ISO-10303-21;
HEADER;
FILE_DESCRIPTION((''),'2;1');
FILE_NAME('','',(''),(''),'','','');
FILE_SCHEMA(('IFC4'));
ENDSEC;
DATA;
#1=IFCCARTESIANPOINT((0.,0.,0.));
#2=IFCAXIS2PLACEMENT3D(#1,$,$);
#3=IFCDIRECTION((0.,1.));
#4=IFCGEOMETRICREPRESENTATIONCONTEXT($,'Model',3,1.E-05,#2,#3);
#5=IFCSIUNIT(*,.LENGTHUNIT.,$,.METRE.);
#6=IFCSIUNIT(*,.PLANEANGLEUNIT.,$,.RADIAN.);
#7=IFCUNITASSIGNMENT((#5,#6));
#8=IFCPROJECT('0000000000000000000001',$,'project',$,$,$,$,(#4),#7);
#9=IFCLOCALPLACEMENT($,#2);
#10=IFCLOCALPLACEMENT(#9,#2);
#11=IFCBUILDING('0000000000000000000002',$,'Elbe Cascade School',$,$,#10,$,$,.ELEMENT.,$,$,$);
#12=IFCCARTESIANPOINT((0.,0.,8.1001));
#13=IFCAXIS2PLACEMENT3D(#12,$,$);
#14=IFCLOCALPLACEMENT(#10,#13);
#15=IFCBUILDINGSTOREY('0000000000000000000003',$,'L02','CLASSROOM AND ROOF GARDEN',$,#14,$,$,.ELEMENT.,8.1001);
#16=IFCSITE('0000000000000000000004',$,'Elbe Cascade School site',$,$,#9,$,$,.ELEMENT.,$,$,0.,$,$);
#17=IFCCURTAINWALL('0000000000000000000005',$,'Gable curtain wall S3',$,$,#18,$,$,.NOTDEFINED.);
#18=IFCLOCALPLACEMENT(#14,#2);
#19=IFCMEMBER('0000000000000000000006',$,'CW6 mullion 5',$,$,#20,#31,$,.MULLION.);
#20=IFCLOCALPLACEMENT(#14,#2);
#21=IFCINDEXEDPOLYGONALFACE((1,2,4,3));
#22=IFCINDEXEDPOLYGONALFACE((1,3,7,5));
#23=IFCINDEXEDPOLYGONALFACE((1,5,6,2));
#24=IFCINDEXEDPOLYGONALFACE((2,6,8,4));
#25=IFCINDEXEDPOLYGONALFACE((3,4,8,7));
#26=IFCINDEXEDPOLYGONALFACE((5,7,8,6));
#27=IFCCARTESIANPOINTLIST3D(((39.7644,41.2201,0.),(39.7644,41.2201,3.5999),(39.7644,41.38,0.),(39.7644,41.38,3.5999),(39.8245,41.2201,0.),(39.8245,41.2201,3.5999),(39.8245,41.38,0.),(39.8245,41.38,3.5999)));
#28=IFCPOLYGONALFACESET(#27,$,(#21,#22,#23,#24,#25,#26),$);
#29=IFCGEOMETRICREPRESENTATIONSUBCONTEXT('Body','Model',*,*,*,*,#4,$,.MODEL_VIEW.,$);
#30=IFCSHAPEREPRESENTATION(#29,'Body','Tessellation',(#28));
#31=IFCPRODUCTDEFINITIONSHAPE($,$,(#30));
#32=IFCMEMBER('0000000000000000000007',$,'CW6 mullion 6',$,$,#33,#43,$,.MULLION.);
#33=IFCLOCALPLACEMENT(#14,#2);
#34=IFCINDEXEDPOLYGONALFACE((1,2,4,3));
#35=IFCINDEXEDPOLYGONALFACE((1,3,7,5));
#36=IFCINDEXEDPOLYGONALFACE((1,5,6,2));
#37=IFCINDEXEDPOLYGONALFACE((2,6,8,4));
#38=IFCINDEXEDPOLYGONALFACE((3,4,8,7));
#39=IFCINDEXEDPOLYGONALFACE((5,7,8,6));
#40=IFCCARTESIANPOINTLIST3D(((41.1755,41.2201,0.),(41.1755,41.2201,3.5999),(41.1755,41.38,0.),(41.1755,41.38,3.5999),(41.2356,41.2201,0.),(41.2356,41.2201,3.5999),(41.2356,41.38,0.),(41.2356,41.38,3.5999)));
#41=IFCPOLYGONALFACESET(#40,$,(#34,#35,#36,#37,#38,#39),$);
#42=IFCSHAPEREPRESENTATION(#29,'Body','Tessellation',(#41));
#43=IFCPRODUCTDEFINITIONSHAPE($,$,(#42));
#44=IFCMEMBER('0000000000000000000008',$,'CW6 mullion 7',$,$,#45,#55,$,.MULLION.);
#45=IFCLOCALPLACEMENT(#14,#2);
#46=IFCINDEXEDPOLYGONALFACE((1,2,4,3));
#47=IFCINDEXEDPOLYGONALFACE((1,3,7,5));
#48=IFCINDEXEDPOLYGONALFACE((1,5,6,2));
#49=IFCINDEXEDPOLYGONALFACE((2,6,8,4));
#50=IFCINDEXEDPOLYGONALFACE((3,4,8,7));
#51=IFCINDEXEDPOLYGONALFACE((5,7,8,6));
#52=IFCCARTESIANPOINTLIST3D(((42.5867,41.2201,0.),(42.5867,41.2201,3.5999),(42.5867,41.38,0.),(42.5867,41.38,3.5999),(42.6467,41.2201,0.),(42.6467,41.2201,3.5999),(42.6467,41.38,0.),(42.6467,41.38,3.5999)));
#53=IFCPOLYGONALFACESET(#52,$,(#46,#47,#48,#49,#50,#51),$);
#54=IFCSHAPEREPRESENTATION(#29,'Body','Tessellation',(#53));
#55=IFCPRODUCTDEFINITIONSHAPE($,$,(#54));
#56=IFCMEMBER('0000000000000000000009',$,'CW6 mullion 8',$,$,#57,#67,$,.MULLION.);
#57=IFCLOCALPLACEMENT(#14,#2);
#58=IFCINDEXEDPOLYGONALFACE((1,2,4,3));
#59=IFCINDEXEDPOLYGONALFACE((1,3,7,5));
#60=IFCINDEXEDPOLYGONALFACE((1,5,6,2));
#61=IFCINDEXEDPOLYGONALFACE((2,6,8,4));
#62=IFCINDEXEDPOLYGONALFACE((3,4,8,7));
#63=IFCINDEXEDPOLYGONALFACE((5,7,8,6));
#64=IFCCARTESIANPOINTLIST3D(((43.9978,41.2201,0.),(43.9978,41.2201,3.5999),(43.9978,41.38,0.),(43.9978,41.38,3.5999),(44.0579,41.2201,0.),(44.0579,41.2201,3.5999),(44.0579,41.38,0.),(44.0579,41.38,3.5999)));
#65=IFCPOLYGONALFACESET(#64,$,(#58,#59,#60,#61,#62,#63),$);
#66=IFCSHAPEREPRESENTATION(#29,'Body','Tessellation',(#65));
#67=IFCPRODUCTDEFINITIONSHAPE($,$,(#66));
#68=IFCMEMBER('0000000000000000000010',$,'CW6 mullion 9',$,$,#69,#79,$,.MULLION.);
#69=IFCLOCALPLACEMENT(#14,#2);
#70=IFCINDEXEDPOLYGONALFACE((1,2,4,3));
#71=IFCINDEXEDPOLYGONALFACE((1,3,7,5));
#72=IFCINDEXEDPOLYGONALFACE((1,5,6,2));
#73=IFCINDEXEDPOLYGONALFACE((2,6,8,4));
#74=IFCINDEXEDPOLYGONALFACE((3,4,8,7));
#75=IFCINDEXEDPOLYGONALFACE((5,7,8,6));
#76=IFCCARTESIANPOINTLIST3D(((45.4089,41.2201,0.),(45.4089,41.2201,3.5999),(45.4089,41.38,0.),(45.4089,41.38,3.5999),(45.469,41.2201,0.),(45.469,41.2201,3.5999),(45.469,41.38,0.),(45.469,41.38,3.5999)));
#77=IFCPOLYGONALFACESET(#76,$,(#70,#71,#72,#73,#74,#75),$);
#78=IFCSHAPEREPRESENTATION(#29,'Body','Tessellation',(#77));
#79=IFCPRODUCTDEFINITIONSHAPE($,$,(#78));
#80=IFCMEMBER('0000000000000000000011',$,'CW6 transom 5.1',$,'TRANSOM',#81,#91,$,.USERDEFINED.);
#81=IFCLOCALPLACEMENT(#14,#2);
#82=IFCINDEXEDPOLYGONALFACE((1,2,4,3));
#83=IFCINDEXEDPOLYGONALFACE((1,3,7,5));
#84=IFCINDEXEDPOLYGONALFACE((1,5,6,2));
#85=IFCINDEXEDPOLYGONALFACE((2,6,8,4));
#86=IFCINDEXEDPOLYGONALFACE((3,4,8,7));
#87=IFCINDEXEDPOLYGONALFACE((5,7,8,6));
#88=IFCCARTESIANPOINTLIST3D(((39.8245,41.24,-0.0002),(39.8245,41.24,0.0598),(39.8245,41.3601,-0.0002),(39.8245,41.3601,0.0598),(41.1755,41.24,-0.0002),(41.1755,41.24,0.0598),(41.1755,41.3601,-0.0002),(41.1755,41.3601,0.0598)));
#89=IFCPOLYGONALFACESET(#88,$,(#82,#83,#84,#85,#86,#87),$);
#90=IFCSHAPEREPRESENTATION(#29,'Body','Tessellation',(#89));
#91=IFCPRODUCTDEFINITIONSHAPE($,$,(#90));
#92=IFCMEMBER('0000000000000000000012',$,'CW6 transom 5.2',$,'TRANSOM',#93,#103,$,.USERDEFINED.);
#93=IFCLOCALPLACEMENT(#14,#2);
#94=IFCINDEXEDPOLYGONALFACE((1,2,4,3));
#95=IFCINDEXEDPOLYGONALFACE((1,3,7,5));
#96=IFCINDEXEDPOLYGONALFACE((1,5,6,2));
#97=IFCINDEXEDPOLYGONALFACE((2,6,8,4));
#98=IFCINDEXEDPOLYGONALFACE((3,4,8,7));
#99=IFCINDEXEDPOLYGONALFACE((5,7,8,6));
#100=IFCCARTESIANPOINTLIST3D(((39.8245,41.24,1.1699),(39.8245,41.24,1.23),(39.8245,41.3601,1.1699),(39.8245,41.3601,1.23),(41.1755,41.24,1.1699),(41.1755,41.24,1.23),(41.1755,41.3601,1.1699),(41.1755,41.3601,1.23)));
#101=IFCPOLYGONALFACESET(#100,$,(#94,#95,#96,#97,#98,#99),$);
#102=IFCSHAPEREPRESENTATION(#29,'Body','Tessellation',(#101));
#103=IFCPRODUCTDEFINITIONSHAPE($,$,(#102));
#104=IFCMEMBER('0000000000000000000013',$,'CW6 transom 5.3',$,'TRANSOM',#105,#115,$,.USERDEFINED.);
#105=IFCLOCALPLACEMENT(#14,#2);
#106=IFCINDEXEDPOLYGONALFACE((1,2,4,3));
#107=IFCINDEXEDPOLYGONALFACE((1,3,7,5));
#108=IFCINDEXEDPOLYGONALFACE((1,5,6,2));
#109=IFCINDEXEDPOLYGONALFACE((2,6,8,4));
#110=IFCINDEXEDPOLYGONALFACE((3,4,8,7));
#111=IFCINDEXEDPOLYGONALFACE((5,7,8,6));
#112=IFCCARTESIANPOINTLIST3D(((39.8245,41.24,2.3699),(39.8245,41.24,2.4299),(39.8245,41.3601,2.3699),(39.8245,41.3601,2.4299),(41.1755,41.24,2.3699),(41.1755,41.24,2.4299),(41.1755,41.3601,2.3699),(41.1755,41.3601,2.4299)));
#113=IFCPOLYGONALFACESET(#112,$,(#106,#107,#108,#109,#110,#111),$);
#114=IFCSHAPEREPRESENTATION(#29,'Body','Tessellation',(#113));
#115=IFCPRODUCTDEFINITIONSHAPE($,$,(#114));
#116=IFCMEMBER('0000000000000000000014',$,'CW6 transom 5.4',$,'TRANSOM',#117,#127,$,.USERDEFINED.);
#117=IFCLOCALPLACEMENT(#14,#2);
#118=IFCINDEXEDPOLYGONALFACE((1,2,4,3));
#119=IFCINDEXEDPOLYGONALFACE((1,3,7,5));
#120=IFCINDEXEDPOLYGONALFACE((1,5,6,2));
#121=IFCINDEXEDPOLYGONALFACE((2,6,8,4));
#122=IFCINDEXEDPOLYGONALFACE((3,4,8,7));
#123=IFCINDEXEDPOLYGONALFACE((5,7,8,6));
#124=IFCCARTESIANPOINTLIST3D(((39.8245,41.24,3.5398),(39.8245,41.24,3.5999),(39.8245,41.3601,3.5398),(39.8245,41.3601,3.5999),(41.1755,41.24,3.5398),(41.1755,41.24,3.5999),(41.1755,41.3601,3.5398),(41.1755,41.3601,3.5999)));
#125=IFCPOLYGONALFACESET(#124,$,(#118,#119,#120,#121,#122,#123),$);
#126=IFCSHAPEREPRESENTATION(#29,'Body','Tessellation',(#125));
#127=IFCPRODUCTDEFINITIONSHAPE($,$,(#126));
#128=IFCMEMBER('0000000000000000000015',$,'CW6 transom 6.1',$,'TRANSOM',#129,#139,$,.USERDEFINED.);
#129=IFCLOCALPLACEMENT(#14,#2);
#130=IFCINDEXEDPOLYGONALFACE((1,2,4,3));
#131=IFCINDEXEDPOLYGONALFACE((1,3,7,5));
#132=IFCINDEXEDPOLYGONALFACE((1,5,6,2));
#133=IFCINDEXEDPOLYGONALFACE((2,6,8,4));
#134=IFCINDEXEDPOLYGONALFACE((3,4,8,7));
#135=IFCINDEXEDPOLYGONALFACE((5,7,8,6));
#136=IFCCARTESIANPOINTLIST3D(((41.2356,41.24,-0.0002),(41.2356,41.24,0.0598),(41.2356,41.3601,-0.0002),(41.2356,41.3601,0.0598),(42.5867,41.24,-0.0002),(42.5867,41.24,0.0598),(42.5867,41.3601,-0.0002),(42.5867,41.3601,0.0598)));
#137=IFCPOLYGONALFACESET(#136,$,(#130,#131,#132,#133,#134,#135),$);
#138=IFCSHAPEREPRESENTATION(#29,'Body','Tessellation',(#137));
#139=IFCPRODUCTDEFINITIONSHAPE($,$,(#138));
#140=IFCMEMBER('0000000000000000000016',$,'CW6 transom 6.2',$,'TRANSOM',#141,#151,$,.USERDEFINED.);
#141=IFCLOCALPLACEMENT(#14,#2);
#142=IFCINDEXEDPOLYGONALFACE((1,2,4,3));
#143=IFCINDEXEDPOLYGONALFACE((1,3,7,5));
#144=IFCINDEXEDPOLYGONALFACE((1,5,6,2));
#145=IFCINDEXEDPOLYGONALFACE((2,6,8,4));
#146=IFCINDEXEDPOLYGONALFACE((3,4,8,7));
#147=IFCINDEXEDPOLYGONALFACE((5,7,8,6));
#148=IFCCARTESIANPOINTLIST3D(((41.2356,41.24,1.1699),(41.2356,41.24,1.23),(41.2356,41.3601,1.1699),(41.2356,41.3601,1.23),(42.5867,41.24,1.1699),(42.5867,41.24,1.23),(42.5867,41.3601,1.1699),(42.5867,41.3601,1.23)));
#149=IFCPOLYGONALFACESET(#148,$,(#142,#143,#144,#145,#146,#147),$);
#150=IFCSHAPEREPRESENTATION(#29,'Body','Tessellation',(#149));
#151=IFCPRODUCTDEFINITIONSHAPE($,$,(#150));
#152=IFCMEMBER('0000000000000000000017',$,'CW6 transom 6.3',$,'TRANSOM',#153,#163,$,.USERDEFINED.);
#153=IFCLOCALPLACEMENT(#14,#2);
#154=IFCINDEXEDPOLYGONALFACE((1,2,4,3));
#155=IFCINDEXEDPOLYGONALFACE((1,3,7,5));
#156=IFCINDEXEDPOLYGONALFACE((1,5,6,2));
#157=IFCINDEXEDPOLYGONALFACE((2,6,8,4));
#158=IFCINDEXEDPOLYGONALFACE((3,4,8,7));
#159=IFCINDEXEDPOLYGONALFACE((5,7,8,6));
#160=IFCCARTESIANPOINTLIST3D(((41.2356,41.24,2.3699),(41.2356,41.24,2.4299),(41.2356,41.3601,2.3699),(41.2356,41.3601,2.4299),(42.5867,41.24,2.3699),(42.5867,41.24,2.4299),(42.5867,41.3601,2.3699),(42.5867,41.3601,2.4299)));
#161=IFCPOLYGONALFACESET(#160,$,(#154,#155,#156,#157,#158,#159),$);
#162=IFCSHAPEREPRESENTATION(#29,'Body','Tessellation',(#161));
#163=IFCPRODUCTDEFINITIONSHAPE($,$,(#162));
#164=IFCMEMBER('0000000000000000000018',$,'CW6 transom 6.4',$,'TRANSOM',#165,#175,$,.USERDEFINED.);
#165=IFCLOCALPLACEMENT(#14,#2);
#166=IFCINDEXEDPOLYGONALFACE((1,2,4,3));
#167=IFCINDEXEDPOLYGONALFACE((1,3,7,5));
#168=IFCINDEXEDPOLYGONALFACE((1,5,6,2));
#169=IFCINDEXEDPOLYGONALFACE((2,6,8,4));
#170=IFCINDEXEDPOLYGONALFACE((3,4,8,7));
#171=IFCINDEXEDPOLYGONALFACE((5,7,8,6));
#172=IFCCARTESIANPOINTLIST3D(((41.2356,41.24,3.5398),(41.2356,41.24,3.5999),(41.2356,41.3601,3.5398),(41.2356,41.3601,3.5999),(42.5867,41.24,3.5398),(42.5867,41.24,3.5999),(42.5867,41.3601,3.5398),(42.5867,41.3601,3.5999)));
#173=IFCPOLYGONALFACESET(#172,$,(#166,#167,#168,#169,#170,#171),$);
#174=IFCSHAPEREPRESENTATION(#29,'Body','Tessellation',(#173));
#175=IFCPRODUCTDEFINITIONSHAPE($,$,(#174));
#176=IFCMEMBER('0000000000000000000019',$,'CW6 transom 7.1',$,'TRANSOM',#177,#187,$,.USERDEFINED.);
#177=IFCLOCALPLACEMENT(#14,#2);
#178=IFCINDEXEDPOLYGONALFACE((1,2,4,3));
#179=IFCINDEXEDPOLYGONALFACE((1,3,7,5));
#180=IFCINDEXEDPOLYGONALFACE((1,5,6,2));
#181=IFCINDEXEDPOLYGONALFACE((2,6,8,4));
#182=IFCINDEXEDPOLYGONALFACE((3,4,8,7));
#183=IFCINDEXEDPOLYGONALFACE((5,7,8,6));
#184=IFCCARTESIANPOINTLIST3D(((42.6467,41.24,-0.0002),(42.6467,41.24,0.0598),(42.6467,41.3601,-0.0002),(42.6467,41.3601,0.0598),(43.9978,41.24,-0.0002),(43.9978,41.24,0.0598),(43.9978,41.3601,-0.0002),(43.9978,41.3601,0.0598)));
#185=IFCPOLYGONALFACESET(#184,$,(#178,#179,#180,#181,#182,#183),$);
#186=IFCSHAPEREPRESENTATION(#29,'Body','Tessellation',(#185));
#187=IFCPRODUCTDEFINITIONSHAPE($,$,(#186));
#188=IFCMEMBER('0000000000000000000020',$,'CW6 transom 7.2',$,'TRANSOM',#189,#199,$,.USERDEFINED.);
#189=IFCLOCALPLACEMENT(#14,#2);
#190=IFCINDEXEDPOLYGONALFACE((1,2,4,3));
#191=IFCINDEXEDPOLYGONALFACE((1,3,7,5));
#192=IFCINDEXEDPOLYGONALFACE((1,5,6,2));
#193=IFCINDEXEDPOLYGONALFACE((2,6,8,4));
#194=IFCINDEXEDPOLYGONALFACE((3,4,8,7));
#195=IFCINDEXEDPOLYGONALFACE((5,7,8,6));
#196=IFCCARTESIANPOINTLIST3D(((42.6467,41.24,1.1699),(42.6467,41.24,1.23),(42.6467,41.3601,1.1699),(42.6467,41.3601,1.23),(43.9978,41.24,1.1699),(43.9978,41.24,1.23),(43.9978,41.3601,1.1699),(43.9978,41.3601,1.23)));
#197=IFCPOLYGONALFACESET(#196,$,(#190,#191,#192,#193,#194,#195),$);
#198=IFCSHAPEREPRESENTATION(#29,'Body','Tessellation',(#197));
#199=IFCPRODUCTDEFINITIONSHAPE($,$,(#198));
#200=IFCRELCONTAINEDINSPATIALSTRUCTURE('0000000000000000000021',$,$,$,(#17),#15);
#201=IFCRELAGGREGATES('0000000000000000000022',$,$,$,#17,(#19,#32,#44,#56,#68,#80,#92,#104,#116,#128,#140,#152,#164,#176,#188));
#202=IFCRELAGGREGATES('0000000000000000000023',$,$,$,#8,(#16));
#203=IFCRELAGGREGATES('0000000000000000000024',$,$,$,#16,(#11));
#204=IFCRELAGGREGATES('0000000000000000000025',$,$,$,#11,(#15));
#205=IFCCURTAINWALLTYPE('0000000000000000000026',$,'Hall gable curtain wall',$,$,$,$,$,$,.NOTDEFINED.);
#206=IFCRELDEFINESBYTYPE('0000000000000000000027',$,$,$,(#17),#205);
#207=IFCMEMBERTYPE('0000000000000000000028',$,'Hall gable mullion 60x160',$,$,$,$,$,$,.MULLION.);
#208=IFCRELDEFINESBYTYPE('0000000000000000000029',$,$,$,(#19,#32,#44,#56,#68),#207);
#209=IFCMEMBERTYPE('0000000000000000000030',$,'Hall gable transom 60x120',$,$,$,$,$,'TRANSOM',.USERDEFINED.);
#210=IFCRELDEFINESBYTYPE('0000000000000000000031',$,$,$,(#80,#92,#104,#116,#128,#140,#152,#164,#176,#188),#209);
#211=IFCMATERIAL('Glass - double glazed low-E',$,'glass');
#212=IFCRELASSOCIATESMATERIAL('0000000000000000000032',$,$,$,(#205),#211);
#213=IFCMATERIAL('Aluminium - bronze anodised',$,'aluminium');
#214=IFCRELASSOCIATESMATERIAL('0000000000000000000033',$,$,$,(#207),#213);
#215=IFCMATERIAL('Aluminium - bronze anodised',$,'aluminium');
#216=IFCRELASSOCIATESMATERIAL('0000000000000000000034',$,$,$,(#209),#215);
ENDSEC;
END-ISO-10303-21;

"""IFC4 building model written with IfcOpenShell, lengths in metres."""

from ifc_helpers import new_model, si_unit, direction, frame, origin, origin_2d, place, context, subcontext, project, spatial, rectangle, extrude, material, material_profile, profile_set, type_object, element, aggregate, save


model = new_model("IFC4")

# Units and contexts
model_context = context("Model", 3, precision=1e-05, world=origin(), true_north=direction((0.0, 1.0)))
body_context = subcontext(model_context, "Body", "Model", "MODEL_VIEW")
ifc_project = project(units=[si_unit("LENGTHUNIT", "METRE"), si_unit("PLANEANGLEUNIT", "RADIAN")], contexts=[model_context])

# Site, building, storey
site_placement = place(None, origin())
site = spatial("IfcSite", under=ifc_project, at=site_placement, Name="Elbe Cascade School site", CompositionType="ELEMENT", RefElevation=0.0)
building_placement = place(site_placement, origin())
building = spatial("IfcBuilding", under=site, at=building_placement, Name="Elbe Cascade School", CompositionType="ELEMENT")
storey_placement = place(building_placement, frame((0.0, 0.0, 8.1001)))
storey = spatial("IfcBuildingStorey", under=building, at=storey_placement, Name="L02", Description="CLASSROOM AND ROOF GARDEN", CompositionType="ELEMENT", Elevation=8.1001)

# Curtain wall, members
ifc_material_1 = material(Name="Glass - double glazed low-E", Category="glass")
curtain_wall_type = type_object("IfcCurtainWallType", Name="Hall gable curtain wall", PredefinedType="NOTDEFINED", material=ifc_material_1)
curtain_wall_placement = place(storey_placement, origin())
curtain_wall = element("IfcCurtainWall", 1, at=curtain_wall_placement, inside=storey, type_object=curtain_wall_type, Name="Gable curtain wall S3", PredefinedType="NOTDEFINED")
ifc_material_2 = material(Name="Aluminium - bronze anodised", Category="aluminium")
ifc_material_profile_1 = material_profile(ifc_material_2, rectangle(XDim=0.1599, YDim=0.0601, at=origin_2d()), Name="Alu 60x160")
ifc_profile_set_1 = profile_set([ifc_material_profile_1], Name="Aluminium - bronze anodised")
member_type_1 = type_object("IfcMemberType", Name="Hall gable mullion 60x160", PredefinedType="MULLION", material=ifc_profile_set_1)
member_1_placement = place(storey_placement, frame((39.7944, 41.3, 0.0), z_axis=(0.0, 0.0, 1.0), x_axis=(0.0, 1.0, 0.0)))
member_1 = element("IfcMember", 2, at=member_1_placement, type_object=member_type_1, Name="CW6 mullion 5", PredefinedType="MULLION", context=body_context, shape_type="SweptSolid", body=[
    extrude(rectangle(XDim=0.1599, YDim=0.0601, at=origin_2d()), origin(), (0.0, 0.0, 1.0), 3.5999),
])
member_2_placement = place(storey_placement, frame((41.2056, 41.3, 0.0), z_axis=(0.0, 0.0, 1.0), x_axis=(0.0, 1.0, 0.0)))
member_2 = element("IfcMember", 3, at=member_2_placement, type_object=member_type_1, Name="CW6 mullion 6", PredefinedType="MULLION", context=body_context, shape_type="SweptSolid", body=[
    extrude(rectangle(XDim=0.1599, YDim=0.0601, at=origin_2d()), origin(), (0.0, 0.0, 1.0), 3.5999),
])
member_3_placement = place(storey_placement, frame((42.6167, 41.3, 0.0), z_axis=(0.0, 0.0, 1.0), x_axis=(0.0, 1.0, 0.0)))
member_3 = element("IfcMember", 4, at=member_3_placement, type_object=member_type_1, Name="CW6 mullion 7", PredefinedType="MULLION", context=body_context, shape_type="SweptSolid", body=[
    extrude(rectangle(XDim=0.1599, YDim=0.0601, at=origin_2d()), origin(), (0.0, 0.0, 1.0), 3.5999),
])
member_4_placement = place(storey_placement, frame((44.0278, 41.3, 0.0), z_axis=(0.0, 0.0, 1.0), x_axis=(0.0, 1.0, 0.0)))
member_4 = element("IfcMember", 5, at=member_4_placement, type_object=member_type_1, Name="CW6 mullion 8", PredefinedType="MULLION", context=body_context, shape_type="SweptSolid", body=[
    extrude(rectangle(XDim=0.1599, YDim=0.0601, at=origin_2d()), origin(), (0.0, 0.0, 1.0), 3.5999),
])
member_5_placement = place(storey_placement, frame((45.439, 41.3, 0.0), z_axis=(0.0, 0.0, 1.0), x_axis=(0.0, 1.0, 0.0)))
member_5 = element("IfcMember", 6, at=member_5_placement, type_object=member_type_1, Name="CW6 mullion 9", PredefinedType="MULLION", context=body_context, shape_type="SweptSolid", body=[
    extrude(rectangle(XDim=0.1599, YDim=0.0601, at=origin_2d()), origin(), (0.0, 0.0, 1.0), 3.5999),
])
ifc_material_3 = material(Name="Aluminium - bronze anodised", Category="aluminium")
ifc_material_profile_2 = material_profile(ifc_material_3, rectangle(XDim=0.1201, YDim=0.0601, at=origin_2d()), Name="Alu 60x120")
ifc_profile_set_2 = profile_set([ifc_material_profile_2], Name="Aluminium - bronze anodised")
member_type_2 = type_object("IfcMemberType", Name="Hall gable transom 60x120", ElementType="TRANSOM", PredefinedType="USERDEFINED", material=ifc_profile_set_2)
member_6_placement = place(storey_placement, frame((39.8245, 41.3, 0.0298), z_axis=(1.0, 0.0, 0.0), x_axis=(0.0, 1.0, 0.0)))
member_6 = element("IfcMember", 7, at=member_6_placement, type_object=member_type_2, Name="CW6 transom 5.1", ObjectType="TRANSOM", PredefinedType="USERDEFINED", context=body_context, shape_type="SweptSolid", body=[
    extrude(rectangle(XDim=0.1201, YDim=0.0601, at=origin_2d()), origin(), (0.0, 0.0, 1.0), 1.3511),
])
member_7_placement = place(storey_placement, frame((39.8245, 41.3, 1.2), z_axis=(1.0, 0.0, 0.0), x_axis=(0.0, 1.0, 0.0)))
member_7 = element("IfcMember", 8, at=member_7_placement, type_object=member_type_2, Name="CW6 transom 5.2", ObjectType="TRANSOM", PredefinedType="USERDEFINED", context=body_context, shape_type="SweptSolid", body=[
    extrude(rectangle(XDim=0.1201, YDim=0.0601, at=origin_2d()), origin(), (0.0, 0.0, 1.0), 1.3511),
])
member_8_placement = place(storey_placement, frame((39.8245, 41.3, 2.3999), z_axis=(1.0, 0.0, 0.0), x_axis=(0.0, 1.0, 0.0)))
member_8 = element("IfcMember", 9, at=member_8_placement, type_object=member_type_2, Name="CW6 transom 5.3", ObjectType="TRANSOM", PredefinedType="USERDEFINED", context=body_context, shape_type="SweptSolid", body=[
    extrude(rectangle(XDim=0.1201, YDim=0.0601, at=origin_2d()), origin(), (0.0, 0.0, 1.0), 1.3511),
])
member_9_placement = place(storey_placement, frame((39.8245, 41.3, 3.5698), z_axis=(1.0, 0.0, 0.0), x_axis=(0.0, 1.0, 0.0)))
member_9 = element("IfcMember", 10, at=member_9_placement, type_object=member_type_2, Name="CW6 transom 5.4", ObjectType="TRANSOM", PredefinedType="USERDEFINED", context=body_context, shape_type="SweptSolid", body=[
    extrude(rectangle(XDim=0.1201, YDim=0.0601, at=origin_2d()), origin(), (0.0, 0.0, 1.0), 1.3511),
])
member_10_placement = place(storey_placement, frame((41.2356, 41.3, 0.0298), z_axis=(1.0, 0.0, 0.0), x_axis=(0.0, 1.0, 0.0)))
member_10 = element("IfcMember", 11, at=member_10_placement, type_object=member_type_2, Name="CW6 transom 6.1", ObjectType="TRANSOM", PredefinedType="USERDEFINED", context=body_context, shape_type="SweptSolid", body=[
    extrude(rectangle(XDim=0.1201, YDim=0.0601, at=origin_2d()), origin(), (0.0, 0.0, 1.0), 1.3511),
])
member_11_placement = place(storey_placement, frame((41.2356, 41.3, 1.2), z_axis=(1.0, 0.0, 0.0), x_axis=(0.0, 1.0, 0.0)))
member_11 = element("IfcMember", 12, at=member_11_placement, type_object=member_type_2, Name="CW6 transom 6.2", ObjectType="TRANSOM", PredefinedType="USERDEFINED", context=body_context, shape_type="SweptSolid", body=[
    extrude(rectangle(XDim=0.1201, YDim=0.0601, at=origin_2d()), origin(), (0.0, 0.0, 1.0), 1.3511),
])
member_12_placement = place(storey_placement, frame((41.2356, 41.3, 2.3999), z_axis=(1.0, 0.0, 0.0), x_axis=(0.0, 1.0, 0.0)))
member_12 = element("IfcMember", 13, at=member_12_placement, type_object=member_type_2, Name="CW6 transom 6.3", ObjectType="TRANSOM", PredefinedType="USERDEFINED", context=body_context, shape_type="SweptSolid", body=[
    extrude(rectangle(XDim=0.1201, YDim=0.0601, at=origin_2d()), origin(), (0.0, 0.0, 1.0), 1.3511),
])
member_13_placement = place(storey_placement, frame((41.2356, 41.3, 3.5698), z_axis=(1.0, 0.0, 0.0), x_axis=(0.0, 1.0, 0.0)))
member_13 = element("IfcMember", 14, at=member_13_placement, type_object=member_type_2, Name="CW6 transom 6.4", ObjectType="TRANSOM", PredefinedType="USERDEFINED", context=body_context, shape_type="SweptSolid", body=[
    extrude(rectangle(XDim=0.1201, YDim=0.0601, at=origin_2d()), origin(), (0.0, 0.0, 1.0), 1.3511),
])
member_14_placement = place(storey_placement, frame((42.6467, 41.3, 0.0298), z_axis=(1.0, 0.0, 0.0), x_axis=(0.0, 1.0, 0.0)))
member_14 = element("IfcMember", 15, at=member_14_placement, type_object=member_type_2, Name="CW6 transom 7.1", ObjectType="TRANSOM", PredefinedType="USERDEFINED", context=body_context, shape_type="SweptSolid", body=[
    extrude(rectangle(XDim=0.1201, YDim=0.0601, at=origin_2d()), origin(), (0.0, 0.0, 1.0), 1.3511),
])
member_15_placement = place(storey_placement, frame((42.6467, 41.3, 1.2), z_axis=(1.0, 0.0, 0.0), x_axis=(0.0, 1.0, 0.0)))
member_15 = element("IfcMember", 16, at=member_15_placement, type_object=member_type_2, Name="CW6 transom 7.2", ObjectType="TRANSOM", PredefinedType="USERDEFINED", context=body_context, shape_type="SweptSolid", body=[
    extrude(rectangle(XDim=0.1201, YDim=0.0601, at=origin_2d()), origin(), (0.0, 0.0, 1.0), 1.3511),
])
aggregate(curtain_wall, [member_1, member_2, member_3, member_4, member_5, member_6, member_7, member_8, member_9, member_10, member_11, member_12, member_13, member_14, member_15])

save(model, "model.ifc")
